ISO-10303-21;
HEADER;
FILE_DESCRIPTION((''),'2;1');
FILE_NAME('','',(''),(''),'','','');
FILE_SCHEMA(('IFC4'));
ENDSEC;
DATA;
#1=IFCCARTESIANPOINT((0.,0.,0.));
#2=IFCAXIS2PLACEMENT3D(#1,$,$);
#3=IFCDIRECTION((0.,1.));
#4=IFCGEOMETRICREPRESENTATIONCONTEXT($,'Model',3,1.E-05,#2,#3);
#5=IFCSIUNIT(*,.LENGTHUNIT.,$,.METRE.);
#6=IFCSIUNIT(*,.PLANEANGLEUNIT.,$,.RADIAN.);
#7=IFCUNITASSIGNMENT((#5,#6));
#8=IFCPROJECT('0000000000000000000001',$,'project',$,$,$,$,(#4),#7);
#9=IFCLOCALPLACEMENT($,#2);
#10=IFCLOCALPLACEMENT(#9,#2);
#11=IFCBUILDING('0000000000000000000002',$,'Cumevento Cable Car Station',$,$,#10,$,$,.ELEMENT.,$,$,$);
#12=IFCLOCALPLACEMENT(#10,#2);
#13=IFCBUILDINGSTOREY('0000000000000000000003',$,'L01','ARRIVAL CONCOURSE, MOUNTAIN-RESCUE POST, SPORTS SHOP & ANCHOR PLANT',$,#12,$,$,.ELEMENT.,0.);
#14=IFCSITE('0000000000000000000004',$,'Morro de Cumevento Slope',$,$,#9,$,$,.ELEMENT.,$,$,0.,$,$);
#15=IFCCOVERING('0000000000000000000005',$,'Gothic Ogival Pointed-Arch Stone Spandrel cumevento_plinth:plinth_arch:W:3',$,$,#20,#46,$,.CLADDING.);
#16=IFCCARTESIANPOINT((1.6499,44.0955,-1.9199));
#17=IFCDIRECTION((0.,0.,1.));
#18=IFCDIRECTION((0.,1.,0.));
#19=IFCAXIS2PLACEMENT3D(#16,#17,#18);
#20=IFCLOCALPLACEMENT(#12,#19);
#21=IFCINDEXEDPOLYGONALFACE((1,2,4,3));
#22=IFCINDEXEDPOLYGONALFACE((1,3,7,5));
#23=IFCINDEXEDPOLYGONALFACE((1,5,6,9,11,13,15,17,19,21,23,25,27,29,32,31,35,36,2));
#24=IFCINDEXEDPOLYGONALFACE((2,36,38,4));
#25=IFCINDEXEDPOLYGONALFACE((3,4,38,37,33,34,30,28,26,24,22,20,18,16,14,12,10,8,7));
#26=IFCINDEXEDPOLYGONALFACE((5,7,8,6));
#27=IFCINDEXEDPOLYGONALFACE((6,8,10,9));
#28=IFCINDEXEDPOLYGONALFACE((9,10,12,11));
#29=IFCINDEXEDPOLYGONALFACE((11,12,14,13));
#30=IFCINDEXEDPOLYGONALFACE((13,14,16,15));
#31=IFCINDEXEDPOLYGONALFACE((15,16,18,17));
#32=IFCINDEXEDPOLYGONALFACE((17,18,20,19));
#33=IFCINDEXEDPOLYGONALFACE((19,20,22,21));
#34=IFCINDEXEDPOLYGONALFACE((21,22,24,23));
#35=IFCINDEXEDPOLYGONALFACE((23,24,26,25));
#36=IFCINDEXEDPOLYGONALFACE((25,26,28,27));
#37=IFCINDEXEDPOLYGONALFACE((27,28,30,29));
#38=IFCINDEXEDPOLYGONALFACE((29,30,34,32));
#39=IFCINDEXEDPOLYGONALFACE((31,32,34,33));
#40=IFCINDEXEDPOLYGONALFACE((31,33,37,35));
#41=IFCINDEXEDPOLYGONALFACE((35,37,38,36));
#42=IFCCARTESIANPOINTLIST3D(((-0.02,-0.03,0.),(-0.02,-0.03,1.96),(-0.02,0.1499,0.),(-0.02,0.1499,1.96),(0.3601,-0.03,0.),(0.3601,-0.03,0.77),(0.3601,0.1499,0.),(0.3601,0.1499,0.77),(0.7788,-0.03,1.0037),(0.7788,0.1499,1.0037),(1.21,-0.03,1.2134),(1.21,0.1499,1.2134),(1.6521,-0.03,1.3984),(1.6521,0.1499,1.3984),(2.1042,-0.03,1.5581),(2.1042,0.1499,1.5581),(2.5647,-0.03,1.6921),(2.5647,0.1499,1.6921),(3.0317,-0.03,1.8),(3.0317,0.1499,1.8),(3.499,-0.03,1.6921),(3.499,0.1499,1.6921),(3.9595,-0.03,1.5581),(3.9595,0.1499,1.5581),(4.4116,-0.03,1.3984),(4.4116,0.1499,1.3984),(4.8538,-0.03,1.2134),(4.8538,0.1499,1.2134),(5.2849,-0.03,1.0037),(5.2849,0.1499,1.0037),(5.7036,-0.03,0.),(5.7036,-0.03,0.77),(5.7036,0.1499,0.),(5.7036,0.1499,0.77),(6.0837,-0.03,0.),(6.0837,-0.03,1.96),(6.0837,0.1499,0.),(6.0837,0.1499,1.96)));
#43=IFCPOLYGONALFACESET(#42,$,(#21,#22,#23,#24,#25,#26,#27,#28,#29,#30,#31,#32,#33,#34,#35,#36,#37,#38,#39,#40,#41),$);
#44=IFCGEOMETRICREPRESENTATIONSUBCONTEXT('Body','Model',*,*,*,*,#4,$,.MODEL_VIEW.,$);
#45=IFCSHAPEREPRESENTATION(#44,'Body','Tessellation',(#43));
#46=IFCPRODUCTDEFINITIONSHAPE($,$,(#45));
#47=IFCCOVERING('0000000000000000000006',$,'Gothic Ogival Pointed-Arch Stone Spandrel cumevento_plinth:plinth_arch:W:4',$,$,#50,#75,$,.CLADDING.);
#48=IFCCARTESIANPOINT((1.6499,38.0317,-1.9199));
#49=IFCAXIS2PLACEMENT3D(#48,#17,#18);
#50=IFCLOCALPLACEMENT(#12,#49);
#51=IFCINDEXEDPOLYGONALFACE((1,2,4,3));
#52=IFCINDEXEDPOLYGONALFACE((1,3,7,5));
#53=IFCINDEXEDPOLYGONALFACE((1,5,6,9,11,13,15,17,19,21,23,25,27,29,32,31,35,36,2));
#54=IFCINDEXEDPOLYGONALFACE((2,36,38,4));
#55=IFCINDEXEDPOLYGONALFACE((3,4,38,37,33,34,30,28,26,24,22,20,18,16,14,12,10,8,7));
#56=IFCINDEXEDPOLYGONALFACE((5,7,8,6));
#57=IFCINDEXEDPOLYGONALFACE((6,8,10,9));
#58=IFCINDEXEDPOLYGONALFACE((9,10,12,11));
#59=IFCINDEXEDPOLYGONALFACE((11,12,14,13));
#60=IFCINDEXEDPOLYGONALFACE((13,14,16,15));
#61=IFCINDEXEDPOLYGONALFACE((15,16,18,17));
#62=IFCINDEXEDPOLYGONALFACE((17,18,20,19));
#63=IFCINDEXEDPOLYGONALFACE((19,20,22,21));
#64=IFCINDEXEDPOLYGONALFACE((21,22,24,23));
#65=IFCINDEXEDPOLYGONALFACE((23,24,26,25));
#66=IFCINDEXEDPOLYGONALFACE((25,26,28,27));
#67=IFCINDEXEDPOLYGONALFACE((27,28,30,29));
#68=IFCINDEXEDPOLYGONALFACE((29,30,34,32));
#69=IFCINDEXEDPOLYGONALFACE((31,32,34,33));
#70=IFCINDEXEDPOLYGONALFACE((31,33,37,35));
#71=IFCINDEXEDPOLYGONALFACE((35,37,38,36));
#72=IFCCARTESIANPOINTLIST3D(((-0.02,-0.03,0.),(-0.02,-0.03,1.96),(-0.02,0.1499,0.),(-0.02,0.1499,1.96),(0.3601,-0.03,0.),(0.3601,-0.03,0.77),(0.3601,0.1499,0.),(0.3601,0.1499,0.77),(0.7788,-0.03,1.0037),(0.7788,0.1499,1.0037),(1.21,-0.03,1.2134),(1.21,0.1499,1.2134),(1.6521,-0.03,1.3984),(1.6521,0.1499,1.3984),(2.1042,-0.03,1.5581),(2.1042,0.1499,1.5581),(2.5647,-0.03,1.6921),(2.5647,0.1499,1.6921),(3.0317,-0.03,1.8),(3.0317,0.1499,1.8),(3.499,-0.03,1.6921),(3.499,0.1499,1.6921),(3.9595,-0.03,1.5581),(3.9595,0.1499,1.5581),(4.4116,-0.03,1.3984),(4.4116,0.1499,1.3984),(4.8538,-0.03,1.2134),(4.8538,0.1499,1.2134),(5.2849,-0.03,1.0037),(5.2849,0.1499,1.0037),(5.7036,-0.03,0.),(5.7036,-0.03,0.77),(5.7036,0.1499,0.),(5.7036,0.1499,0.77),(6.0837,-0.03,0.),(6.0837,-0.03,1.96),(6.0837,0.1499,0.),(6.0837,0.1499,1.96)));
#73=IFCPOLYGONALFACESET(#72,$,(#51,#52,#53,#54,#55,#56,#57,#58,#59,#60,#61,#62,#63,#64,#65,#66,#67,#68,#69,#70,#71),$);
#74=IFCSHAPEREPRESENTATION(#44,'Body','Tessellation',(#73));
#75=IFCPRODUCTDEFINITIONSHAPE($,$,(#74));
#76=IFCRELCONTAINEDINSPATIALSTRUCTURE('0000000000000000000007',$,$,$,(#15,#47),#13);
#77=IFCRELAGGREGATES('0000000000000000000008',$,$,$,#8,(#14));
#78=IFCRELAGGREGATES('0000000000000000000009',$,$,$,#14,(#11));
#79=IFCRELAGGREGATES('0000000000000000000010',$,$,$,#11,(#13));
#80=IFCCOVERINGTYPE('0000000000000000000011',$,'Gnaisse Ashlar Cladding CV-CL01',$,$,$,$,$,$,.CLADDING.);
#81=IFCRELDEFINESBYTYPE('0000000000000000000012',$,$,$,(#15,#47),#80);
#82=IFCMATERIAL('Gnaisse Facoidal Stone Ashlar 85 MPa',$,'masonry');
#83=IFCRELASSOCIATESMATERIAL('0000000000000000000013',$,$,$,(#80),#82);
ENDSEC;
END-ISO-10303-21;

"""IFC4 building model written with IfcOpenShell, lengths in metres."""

from ifc_helpers import new_model, si_unit, direction, frame, origin, place, context, subcontext, project, spatial, polyline, outline, extrude, material, type_object, element, save


model = new_model("IFC4")

# Units and contexts
model_context = context("Model", 3, precision=1e-05, world=origin(), true_north=direction((0.0, 1.0)))
body_context = subcontext(model_context, "Body", "Model", "MODEL_VIEW")
ifc_project = project(units=[si_unit("LENGTHUNIT", "METRE"), si_unit("PLANEANGLEUNIT", "RADIAN")], contexts=[model_context])

# Site, building, storey
site_placement = place(None, origin())
site = spatial("IfcSite", under=ifc_project, at=site_placement, Name="Morro de Cumevento Slope", CompositionType="ELEMENT", RefElevation=0.0)
building_placement = place(site_placement, origin())
building = spatial("IfcBuilding", under=site, at=building_placement, Name="Cumevento Cable Car Station", CompositionType="ELEMENT")
storey_placement = place(building_placement, origin())
storey = spatial("IfcBuildingStorey", under=building, at=storey_placement, Name="L01", Description="ARRIVAL CONCOURSE, MOUNTAIN-RESCUE POST, SPORTS SHOP & ANCHOR PLANT", CompositionType="ELEMENT", Elevation=0.0)

# Coverings
ifc_material_1 = material(Name="Gnaisse Facoidal Stone Ashlar 85 MPa", Category="masonry")
covering_type = type_object("IfcCoveringType", Name="Gnaisse Ashlar Cladding CV-CL01", PredefinedType="CLADDING", material=ifc_material_1)
for number, where, z_axis, x_axis, name in (
    (1, (1.6499, 44.0955, -1.9199), (0.0, 0.0, 1.0), (0.0, 1.0, 0.0), "Gothic Ogival Pointed-Arch Stone Spandrel cumevento_plinth:plinth_arch:W:3"),
    (2, (1.6499, 38.0317, -1.9199), (0.0, 0.0, 1.0), (0.0, 1.0, 0.0), "Gothic Ogival Pointed-Arch Stone Spandrel cumevento_plinth:plinth_arch:W:4"),
):
    element("IfcCovering", number, at=place(storey_placement, frame(where, z_axis=z_axis, x_axis=x_axis)), inside=storey, type_object=covering_type, Name=name, PredefinedType="CLADDING", context=body_context, shape_type="SweptSolid", body=[
        extrude(outline(polyline([(-0.02, 0.0), (-0.02, 1.96), (6.0837, 1.96), (6.0837, 0.0), (5.7036, 0.0), (5.7036, 0.77), (5.2849, 1.0037), (4.8538, 1.2134), (4.4116, 1.3984), (3.9595, 1.5581), (3.499, 1.6921), (3.0317, 1.8), (2.5647, 1.6921), (2.1042, 1.5581), (1.6521, 1.3984), (1.21, 1.2134), (0.7788, 1.0037), (0.3601, 0.77), (0.3601, 0.0), (-0.02, 0.0)])), frame((0.0, 0.1499, 0.0), z_axis=(0.0, -1.0, 0.0), x_axis=(1.0, 0.0, 0.0)), (0.0, 0.0, 1.0), 0.1799),
    ])

save(model, "model.ifc")
